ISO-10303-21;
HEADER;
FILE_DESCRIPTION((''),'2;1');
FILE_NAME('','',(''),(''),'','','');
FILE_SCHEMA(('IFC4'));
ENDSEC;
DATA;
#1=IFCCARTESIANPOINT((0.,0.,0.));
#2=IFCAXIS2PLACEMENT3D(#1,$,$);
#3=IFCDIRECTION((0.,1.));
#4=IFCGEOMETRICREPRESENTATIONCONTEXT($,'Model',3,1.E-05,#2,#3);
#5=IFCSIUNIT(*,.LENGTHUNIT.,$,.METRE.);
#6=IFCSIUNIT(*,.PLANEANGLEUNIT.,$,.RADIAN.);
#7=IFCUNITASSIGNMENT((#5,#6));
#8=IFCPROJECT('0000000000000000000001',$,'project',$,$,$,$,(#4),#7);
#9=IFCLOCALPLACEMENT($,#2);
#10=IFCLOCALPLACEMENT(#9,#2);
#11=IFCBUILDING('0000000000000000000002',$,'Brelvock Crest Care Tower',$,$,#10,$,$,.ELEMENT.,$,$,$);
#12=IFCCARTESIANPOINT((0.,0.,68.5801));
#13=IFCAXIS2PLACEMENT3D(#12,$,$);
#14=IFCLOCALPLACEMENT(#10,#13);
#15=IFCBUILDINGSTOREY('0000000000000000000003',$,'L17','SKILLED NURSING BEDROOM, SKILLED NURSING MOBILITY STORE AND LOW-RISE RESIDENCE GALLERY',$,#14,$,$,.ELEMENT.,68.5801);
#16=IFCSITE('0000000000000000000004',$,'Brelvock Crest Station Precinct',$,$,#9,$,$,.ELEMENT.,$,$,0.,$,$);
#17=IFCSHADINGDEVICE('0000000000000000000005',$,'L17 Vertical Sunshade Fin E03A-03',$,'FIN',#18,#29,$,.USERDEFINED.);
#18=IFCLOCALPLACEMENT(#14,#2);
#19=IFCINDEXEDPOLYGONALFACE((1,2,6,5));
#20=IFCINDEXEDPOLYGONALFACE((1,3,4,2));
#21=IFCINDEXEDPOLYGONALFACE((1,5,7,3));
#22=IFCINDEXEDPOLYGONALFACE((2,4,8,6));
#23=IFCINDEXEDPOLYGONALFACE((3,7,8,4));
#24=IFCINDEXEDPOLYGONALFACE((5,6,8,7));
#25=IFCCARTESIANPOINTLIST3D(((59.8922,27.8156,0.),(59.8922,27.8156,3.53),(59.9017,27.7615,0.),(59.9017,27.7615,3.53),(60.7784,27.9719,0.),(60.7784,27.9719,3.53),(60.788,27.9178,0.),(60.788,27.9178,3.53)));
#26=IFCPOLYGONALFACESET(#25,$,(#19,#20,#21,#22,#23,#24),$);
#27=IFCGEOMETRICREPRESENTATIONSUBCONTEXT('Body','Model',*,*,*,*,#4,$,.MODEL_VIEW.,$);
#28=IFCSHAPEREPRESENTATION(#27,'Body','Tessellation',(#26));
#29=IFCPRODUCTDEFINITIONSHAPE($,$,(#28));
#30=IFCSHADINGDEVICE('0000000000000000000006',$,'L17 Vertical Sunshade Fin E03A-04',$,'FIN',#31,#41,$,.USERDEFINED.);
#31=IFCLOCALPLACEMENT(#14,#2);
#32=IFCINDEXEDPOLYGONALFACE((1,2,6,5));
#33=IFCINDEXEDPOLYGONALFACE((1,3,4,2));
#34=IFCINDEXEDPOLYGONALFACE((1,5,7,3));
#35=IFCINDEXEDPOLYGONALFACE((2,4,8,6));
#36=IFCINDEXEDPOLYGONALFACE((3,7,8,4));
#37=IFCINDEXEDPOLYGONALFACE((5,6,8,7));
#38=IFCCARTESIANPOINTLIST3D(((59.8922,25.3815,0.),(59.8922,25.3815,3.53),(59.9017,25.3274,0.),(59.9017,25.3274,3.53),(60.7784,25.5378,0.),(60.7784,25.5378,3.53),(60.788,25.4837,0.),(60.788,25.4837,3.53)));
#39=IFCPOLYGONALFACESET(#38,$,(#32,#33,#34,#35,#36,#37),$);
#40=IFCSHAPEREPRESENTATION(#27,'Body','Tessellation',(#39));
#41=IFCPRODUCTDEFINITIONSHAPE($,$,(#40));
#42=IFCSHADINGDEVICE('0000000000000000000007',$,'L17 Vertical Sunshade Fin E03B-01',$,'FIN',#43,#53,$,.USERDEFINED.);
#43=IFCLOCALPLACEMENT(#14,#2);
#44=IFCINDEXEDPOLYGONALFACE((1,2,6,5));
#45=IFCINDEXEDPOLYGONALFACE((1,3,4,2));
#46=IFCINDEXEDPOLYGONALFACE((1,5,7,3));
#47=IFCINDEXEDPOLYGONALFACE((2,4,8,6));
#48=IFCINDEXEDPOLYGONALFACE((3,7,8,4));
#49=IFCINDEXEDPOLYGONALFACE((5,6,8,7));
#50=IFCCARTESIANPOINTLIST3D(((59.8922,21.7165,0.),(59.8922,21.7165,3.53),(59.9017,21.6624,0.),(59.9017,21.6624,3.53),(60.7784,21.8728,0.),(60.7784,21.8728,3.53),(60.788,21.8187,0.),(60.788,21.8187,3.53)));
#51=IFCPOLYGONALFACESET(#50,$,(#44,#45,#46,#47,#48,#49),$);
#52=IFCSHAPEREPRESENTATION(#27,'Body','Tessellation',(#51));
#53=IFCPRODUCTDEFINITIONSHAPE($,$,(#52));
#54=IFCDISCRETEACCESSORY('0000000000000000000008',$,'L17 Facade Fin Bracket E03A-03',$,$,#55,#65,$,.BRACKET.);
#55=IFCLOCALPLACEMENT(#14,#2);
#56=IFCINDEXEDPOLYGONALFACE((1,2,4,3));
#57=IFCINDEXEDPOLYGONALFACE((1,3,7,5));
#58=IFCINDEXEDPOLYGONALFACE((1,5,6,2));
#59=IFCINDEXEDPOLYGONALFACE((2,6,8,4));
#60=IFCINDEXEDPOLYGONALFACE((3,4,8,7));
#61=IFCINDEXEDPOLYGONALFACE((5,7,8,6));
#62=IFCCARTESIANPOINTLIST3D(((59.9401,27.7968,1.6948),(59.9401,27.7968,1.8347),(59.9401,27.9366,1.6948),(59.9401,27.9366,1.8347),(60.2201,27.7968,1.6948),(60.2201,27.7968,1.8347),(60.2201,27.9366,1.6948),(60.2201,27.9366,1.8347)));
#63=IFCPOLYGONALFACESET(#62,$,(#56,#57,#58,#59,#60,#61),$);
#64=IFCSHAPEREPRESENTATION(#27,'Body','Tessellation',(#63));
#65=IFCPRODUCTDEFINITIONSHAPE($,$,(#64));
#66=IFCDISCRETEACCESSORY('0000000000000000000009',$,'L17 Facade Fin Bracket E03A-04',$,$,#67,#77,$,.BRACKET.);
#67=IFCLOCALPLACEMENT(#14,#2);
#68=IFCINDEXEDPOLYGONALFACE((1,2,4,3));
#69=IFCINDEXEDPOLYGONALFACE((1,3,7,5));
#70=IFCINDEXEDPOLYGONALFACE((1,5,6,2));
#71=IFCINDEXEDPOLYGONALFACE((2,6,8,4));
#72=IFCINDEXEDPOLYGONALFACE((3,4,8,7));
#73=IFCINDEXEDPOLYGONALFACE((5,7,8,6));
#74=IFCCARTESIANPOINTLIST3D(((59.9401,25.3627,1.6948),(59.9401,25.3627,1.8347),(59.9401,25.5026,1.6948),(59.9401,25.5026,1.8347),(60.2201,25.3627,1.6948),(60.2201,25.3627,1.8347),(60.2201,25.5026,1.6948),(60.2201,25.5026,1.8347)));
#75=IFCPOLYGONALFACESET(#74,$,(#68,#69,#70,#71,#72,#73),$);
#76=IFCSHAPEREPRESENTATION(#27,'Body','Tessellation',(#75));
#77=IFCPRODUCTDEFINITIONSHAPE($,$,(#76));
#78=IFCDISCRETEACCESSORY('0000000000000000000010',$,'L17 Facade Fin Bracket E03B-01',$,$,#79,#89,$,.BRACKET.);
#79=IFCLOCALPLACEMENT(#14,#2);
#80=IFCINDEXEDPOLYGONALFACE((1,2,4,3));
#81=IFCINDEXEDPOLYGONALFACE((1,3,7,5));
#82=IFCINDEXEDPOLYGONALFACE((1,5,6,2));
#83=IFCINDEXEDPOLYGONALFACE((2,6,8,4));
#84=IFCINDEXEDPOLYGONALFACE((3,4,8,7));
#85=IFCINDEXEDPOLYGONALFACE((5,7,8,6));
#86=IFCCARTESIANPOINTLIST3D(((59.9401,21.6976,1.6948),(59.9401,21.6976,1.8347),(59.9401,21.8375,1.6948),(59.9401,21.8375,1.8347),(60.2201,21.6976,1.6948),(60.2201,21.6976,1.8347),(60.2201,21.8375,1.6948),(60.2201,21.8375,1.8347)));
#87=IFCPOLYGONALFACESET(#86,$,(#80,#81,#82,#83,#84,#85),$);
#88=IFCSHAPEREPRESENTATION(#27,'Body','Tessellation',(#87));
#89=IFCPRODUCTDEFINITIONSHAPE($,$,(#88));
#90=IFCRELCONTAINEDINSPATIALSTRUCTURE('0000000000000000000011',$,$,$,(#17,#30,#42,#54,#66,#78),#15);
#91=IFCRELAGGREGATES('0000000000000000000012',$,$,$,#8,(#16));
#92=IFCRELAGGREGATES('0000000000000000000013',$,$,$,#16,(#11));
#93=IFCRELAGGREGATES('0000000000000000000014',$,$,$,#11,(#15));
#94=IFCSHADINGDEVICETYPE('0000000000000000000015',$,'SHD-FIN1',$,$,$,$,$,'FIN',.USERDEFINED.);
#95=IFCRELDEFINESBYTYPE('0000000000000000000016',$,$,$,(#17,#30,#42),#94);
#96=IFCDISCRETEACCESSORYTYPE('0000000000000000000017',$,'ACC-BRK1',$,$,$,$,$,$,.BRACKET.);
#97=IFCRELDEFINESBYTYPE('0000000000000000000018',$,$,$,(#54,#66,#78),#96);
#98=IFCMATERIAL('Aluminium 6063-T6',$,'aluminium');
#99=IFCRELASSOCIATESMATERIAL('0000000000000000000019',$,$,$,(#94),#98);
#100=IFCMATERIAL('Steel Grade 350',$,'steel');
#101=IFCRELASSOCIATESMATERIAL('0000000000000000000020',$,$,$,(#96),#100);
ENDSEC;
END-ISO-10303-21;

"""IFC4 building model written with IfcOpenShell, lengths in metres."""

from ifc_helpers import new_model, si_unit, direction, frame, origin, origin_2d, place, context, subcontext, project, spatial, rectangle, extrude, source, transform, mapped, material, material_profile, profile_set, type_object, element, save


model = new_model("IFC4")

# Units and contexts
model_context = context("Model", 3, precision=1e-05, world=origin(), true_north=direction((0.0, 1.0)))
body_context = subcontext(model_context, "Body", "Model", "MODEL_VIEW")
ifc_project = project(units=[si_unit("LENGTHUNIT", "METRE"), si_unit("PLANEANGLEUNIT", "RADIAN")], contexts=[model_context])

# Site, building, storey
site_placement = place(None, origin())
site = spatial("IfcSite", under=ifc_project, at=site_placement, Name="Brelvock Crest Station Precinct", CompositionType="ELEMENT", RefElevation=0.0)
building_placement = place(site_placement, origin())
building = spatial("IfcBuilding", under=site, at=building_placement, Name="Brelvock Crest Care Tower", CompositionType="ELEMENT")
storey_placement = place(building_placement, frame((0.0, 0.0, 68.5801)))
storey = spatial("IfcBuildingStorey", under=building, at=storey_placement, Name="L17", Description="SKILLED NURSING BEDROOM, SKILLED NURSING MOBILITY STORE AND LOW-RISE RESIDENCE GALLERY", CompositionType="ELEMENT", Elevation=68.5801)

# Shared definitions
ifc_material_1 = material(Name="Aluminium 6063-T6", Category="aluminium")

# Shading devices
ifc_material_profile_1 = material_profile(ifc_material_1, rectangle(XDim=0.0549, YDim=0.8999, at=origin_2d()), Name="FIN55x900")
ifc_profile_set_1 = profile_set([ifc_material_profile_1], Name="Aluminium 6063-T6")
shading_device_type = type_object("IfcShadingDeviceType", Name="SHD-FIN1", ElementType="FIN", PredefinedType="USERDEFINED", material=ifc_profile_set_1)
shared_shape_1 = source(origin(), body_context, "Body", "SweptSolid", [
    extrude(rectangle(XDim=0.0549, YDim=0.8999, at=origin_2d()), origin(), (0.0, 0.0, 1.0), 3.53),
])
for number, where, z_axis, x_axis, name in (
    (1, (60.3401, 27.8667, 0.0), (0.0, 0.0, 1.0), (0.173648, -0.984808, 0.0), "L17 Vertical Sunshade Fin E03A-03"),
    (2, (60.3401, 25.4326, 0.0), (0.0, 0.0, 1.0), (0.173648, -0.984808, 0.0), "L17 Vertical Sunshade Fin E03A-04"),
    (3, (60.3401, 21.7676, 0.0), (0.0, 0.0, 1.0), (0.173648, -0.984808, 0.0), "L17 Vertical Sunshade Fin E03B-01"),
):
    element("IfcShadingDevice", number, at=place(storey_placement, frame(where, z_axis=z_axis, x_axis=x_axis)), inside=storey, type_object=shading_device_type, Name=name, ObjectType="FIN", PredefinedType="USERDEFINED", context=body_context, shape_type="MappedRepresentation", body=[
        mapped(shared_shape_1, transform((0.0, 0.0, 0.0), x_axis=(1.0, 0.0, 0.0), y_axis=(0.0, 1.0, 0.0), z_axis=(0.0, 0.0, 1.0), scale=1.0)),
    ])

# Discrete accessories
ifc_material_2 = material(Name="Steel Grade 350", Category="steel")
discrete_accessory_type = type_object("IfcDiscreteAccessoryType", Name="ACC-BRK1", PredefinedType="BRACKET", material=ifc_material_2)
shared_shape_2 = source(origin(), body_context, "Body", "SweptSolid", [
    extrude(rectangle(XDim=0.28, YDim=0.1399, at=origin_2d()), origin(), (0.0, 0.0, 1.0), 0.1399),
])
for number, where, z_axis, x_axis, name in (
    (4, (60.0801, 27.8667, 1.6948), (0.0, 0.0, 1.0), (1.0, 0.0, 0.0), "L17 Facade Fin Bracket E03A-03"),
    (5, (60.0801, 25.4326, 1.6948), (0.0, 0.0, 1.0), (1.0, 0.0, 0.0), "L17 Facade Fin Bracket E03A-04"),
    (6, (60.0801, 21.7676, 1.6948), (0.0, 0.0, 1.0), (1.0, 0.0, 0.0), "L17 Facade Fin Bracket E03B-01"),
):
    element("IfcDiscreteAccessory", number, at=place(storey_placement, frame(where, z_axis=z_axis, x_axis=x_axis)), inside=storey, type_object=discrete_accessory_type, Name=name, PredefinedType="BRACKET", context=body_context, shape_type="MappedRepresentation", body=[
        mapped(shared_shape_2, transform((0.0, 0.0, 0.0), x_axis=(1.0, 0.0, 0.0), y_axis=(0.0, 1.0, 0.0), z_axis=(0.0, 0.0, 1.0), scale=1.0)),
    ])

save(model, "model.ifc")
